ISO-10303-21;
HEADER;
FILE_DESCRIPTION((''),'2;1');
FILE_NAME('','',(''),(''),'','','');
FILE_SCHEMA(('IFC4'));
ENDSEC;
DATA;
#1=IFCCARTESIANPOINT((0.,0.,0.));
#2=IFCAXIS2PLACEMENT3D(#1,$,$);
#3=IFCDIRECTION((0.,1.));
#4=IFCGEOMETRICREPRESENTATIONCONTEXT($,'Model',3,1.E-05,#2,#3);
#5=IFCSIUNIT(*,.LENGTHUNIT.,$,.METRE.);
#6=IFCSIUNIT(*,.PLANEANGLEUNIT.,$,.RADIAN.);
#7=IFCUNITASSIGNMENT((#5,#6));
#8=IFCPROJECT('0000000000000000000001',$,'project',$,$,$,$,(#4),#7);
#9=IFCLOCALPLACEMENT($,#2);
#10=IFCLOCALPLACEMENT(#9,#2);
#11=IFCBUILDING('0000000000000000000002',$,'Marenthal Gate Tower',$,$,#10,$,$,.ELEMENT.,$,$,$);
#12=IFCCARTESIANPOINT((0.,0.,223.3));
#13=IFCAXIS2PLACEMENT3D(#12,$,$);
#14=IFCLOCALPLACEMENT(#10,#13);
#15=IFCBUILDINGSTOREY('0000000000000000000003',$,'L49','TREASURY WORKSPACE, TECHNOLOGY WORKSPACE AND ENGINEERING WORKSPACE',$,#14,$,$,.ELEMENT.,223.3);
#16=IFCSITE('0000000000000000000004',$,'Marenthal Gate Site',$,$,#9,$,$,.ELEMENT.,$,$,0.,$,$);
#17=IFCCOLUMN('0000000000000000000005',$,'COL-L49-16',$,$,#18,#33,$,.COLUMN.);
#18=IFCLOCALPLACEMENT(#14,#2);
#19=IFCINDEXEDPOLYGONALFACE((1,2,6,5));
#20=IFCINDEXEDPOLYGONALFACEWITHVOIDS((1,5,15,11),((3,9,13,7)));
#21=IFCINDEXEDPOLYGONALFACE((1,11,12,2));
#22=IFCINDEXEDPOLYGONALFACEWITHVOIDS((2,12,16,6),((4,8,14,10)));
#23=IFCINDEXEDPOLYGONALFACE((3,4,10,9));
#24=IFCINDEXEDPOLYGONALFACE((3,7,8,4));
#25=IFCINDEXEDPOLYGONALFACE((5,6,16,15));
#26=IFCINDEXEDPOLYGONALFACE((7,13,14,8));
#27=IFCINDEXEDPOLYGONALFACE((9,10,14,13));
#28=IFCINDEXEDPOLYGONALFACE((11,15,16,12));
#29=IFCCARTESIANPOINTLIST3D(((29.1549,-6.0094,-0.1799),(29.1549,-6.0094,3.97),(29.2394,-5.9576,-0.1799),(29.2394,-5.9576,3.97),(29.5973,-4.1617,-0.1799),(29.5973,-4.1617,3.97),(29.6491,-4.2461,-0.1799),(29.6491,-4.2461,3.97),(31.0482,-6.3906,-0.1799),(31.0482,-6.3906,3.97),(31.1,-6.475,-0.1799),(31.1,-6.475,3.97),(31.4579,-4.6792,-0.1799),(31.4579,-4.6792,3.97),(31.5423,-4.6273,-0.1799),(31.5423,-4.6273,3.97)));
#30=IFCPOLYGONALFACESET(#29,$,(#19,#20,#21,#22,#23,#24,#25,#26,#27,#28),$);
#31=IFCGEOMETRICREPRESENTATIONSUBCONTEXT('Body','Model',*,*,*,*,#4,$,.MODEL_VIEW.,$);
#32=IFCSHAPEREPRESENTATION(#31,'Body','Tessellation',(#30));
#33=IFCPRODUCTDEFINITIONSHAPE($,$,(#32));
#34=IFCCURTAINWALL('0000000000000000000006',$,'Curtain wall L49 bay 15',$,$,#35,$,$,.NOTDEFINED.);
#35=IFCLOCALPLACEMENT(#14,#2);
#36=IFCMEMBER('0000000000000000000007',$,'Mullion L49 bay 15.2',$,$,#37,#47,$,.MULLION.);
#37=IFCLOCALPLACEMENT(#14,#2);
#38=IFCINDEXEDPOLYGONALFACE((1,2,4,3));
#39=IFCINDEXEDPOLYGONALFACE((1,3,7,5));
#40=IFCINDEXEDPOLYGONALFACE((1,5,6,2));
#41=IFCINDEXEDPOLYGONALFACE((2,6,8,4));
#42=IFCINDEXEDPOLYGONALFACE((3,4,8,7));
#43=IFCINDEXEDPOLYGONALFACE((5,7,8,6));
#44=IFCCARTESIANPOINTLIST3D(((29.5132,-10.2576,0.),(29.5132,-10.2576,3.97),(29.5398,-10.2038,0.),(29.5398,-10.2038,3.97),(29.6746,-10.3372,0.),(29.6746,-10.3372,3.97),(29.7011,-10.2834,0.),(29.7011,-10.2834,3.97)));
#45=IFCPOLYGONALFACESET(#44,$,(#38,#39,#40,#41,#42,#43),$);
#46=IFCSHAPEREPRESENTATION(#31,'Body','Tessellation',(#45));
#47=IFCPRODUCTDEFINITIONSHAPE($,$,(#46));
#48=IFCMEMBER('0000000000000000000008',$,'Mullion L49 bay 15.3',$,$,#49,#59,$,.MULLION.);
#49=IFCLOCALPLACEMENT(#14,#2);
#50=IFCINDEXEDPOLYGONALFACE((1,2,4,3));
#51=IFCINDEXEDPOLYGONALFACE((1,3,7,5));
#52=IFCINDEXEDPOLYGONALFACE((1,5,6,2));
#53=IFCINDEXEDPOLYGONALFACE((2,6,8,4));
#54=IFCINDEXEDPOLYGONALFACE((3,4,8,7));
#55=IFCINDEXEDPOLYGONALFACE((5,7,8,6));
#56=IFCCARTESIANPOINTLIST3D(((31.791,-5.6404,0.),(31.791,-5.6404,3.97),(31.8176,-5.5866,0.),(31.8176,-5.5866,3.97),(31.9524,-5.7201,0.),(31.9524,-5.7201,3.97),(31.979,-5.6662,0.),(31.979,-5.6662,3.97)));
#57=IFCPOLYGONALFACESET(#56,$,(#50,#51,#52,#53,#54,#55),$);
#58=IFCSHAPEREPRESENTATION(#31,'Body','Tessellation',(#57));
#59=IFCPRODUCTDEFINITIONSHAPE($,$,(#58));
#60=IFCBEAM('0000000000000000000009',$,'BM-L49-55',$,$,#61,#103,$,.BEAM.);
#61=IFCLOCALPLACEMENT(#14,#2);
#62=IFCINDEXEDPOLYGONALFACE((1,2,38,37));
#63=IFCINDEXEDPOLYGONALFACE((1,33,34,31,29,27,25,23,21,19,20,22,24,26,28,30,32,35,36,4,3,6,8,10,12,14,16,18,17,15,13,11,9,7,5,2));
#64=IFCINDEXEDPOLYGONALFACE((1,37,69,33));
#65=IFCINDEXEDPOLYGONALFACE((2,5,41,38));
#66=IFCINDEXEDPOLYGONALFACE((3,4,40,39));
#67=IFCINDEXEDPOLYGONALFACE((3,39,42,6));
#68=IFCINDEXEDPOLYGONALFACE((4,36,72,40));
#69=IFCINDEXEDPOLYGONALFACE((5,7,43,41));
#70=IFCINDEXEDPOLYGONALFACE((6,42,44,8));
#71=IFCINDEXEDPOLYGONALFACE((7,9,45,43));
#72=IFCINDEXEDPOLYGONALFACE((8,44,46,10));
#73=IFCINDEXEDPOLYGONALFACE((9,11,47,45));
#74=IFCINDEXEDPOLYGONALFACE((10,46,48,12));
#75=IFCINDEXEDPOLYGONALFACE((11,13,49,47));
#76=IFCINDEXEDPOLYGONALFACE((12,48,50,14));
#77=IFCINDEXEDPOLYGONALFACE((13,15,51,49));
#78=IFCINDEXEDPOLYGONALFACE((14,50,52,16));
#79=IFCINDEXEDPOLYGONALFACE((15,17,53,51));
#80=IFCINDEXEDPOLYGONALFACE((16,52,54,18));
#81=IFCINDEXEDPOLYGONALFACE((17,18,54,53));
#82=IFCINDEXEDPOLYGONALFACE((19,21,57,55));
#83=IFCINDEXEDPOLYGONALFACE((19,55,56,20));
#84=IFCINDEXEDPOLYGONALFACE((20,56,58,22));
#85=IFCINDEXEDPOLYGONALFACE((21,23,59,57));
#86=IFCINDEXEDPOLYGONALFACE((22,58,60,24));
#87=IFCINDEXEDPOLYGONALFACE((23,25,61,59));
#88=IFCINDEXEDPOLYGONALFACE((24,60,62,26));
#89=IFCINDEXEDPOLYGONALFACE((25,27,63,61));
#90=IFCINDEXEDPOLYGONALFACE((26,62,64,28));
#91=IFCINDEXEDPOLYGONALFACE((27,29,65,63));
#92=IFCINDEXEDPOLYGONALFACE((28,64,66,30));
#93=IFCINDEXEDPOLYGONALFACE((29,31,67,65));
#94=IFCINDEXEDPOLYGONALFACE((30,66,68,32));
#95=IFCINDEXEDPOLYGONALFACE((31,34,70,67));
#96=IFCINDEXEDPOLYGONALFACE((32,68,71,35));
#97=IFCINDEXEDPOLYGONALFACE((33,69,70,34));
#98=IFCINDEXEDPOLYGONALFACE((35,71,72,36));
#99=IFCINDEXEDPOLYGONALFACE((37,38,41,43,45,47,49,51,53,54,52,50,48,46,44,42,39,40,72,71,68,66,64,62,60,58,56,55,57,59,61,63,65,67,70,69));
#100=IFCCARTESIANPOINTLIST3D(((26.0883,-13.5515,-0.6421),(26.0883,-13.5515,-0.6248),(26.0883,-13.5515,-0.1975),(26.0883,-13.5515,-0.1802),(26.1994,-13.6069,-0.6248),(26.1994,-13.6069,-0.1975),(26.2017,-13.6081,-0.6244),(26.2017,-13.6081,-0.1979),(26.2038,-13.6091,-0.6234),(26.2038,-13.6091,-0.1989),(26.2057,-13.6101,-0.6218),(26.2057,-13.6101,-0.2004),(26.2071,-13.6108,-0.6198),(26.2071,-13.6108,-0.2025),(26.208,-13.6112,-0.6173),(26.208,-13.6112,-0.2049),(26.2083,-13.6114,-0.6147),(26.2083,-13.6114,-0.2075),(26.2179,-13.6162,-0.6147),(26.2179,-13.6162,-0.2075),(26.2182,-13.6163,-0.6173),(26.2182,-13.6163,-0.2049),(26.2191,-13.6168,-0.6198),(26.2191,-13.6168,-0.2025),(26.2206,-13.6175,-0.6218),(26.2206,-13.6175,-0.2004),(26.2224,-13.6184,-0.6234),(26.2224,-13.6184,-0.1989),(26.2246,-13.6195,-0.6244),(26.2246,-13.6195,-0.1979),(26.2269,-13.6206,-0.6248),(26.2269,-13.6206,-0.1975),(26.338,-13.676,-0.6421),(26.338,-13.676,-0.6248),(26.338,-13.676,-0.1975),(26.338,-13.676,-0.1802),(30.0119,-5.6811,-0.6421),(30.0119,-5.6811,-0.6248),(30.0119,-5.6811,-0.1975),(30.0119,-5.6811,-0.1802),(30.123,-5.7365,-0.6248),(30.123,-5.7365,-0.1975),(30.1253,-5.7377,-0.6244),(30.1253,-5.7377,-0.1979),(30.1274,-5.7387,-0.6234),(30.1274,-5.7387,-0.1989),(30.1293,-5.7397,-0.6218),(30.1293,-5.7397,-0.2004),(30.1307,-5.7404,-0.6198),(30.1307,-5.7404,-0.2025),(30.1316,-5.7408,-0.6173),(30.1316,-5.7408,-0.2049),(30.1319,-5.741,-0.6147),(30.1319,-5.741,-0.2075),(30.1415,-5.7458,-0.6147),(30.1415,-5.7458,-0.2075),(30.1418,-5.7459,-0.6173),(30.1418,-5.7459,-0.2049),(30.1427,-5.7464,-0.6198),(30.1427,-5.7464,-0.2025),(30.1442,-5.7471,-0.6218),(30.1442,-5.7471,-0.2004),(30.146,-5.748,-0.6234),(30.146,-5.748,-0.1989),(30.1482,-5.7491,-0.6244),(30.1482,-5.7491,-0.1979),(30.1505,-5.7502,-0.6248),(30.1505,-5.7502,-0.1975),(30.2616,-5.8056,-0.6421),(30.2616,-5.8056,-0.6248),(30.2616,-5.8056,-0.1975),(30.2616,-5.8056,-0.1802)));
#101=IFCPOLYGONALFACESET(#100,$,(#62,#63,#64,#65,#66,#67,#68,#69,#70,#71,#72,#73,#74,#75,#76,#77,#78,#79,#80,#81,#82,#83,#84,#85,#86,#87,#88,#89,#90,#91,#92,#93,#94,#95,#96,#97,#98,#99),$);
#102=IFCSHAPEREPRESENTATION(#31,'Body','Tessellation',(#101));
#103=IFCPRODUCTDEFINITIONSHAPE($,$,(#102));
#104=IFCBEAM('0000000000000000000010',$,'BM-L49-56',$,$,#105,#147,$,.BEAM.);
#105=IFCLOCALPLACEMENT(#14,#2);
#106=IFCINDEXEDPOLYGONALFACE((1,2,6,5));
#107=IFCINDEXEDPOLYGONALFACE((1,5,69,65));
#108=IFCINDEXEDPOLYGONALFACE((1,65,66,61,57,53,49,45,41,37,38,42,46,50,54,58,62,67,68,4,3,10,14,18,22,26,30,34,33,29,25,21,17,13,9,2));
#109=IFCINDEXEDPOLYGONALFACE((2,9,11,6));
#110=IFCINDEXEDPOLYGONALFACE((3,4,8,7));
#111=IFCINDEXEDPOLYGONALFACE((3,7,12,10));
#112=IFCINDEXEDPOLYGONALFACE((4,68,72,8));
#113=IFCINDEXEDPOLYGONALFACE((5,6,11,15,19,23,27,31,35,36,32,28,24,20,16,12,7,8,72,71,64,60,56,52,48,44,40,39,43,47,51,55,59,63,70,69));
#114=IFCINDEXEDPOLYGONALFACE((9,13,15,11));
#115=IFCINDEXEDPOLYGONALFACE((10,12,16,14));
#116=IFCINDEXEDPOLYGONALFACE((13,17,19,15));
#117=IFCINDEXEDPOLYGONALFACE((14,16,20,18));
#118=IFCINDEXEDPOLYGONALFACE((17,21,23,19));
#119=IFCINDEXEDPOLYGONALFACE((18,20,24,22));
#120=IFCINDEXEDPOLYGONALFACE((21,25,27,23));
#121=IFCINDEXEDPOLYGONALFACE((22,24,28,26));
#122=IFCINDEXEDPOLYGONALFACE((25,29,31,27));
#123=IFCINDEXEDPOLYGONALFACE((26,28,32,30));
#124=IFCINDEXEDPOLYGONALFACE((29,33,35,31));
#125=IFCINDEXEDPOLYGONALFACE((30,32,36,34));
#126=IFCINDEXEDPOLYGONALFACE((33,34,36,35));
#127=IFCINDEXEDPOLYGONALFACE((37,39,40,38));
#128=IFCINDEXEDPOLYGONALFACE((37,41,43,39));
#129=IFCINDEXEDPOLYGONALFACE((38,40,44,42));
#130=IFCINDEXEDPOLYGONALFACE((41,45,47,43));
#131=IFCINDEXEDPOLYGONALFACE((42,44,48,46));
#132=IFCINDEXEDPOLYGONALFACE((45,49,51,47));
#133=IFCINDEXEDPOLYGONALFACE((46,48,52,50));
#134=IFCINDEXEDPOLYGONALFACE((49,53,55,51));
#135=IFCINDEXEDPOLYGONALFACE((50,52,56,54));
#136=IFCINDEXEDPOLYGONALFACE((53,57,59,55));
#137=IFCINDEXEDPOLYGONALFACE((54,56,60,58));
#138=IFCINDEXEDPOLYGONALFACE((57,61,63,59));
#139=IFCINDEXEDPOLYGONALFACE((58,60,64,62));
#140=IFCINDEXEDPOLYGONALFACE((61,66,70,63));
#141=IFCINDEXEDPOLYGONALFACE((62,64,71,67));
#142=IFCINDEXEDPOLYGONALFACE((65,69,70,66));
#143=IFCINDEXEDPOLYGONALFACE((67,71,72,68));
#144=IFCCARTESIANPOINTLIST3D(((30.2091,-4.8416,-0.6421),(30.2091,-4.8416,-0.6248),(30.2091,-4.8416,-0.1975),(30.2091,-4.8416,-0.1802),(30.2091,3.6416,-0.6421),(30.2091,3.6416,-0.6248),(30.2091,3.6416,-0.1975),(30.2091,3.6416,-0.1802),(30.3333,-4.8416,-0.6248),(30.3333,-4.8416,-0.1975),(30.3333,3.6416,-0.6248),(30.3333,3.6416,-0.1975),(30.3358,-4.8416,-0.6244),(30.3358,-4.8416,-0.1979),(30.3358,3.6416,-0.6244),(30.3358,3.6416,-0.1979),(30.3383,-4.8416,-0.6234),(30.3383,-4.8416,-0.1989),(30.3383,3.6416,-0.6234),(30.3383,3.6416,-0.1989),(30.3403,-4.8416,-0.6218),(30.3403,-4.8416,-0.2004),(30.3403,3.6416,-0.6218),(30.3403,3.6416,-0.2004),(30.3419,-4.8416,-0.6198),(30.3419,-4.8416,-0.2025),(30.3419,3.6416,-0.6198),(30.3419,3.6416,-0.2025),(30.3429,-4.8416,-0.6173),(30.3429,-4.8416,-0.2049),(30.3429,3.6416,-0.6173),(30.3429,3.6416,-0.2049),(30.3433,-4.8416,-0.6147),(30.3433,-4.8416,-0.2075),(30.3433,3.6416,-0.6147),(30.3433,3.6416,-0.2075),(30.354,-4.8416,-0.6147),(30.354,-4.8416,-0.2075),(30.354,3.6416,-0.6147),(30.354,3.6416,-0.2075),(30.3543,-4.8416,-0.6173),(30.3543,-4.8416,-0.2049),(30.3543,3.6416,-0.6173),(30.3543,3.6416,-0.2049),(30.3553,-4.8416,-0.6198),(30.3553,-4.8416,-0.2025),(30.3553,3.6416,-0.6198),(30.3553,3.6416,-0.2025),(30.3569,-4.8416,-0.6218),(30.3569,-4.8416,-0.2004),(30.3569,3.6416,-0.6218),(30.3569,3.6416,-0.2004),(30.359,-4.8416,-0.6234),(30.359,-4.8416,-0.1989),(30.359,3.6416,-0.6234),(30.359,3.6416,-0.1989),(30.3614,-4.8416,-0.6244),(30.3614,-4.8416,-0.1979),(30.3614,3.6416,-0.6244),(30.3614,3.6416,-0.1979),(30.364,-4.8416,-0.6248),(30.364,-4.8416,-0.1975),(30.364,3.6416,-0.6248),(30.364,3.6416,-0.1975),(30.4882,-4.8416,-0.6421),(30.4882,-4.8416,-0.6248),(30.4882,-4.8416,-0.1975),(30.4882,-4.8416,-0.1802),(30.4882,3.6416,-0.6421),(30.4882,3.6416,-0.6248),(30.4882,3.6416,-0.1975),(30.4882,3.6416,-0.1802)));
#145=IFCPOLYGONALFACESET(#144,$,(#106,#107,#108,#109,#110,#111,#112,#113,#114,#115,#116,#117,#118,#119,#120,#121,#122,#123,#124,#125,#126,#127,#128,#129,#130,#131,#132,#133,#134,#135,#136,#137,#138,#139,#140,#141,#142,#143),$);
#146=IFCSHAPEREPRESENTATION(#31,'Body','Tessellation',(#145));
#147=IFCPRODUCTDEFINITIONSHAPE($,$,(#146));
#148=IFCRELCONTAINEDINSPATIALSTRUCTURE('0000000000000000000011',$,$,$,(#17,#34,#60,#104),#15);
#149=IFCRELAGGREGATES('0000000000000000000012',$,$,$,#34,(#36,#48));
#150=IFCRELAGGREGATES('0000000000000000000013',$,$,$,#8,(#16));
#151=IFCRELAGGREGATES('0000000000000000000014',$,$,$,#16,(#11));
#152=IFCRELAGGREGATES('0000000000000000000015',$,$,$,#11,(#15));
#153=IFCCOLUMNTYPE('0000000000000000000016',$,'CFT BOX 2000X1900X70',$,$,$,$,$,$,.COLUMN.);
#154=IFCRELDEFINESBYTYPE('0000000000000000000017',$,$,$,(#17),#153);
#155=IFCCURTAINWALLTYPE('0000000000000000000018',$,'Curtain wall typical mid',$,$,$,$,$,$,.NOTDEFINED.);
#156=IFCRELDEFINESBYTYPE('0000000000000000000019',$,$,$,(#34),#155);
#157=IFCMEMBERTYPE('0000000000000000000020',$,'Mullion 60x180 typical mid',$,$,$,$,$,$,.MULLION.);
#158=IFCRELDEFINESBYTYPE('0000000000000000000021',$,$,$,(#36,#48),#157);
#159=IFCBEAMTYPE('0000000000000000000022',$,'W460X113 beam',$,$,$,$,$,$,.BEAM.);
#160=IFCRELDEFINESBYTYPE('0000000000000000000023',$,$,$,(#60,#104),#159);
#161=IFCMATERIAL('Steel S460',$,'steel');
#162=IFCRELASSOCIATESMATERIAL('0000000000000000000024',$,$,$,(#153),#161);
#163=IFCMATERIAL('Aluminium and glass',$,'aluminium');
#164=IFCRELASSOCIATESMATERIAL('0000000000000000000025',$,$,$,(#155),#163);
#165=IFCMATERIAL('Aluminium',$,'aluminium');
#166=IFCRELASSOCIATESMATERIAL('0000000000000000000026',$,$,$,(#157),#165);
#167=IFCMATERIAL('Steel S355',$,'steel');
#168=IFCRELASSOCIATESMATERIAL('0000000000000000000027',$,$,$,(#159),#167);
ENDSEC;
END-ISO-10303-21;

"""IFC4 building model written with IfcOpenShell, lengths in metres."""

from ifc_helpers import new_model, si_unit, direction, frame, origin, origin_2d, place, context, subcontext, project, spatial, rectangle, hollow_rectangle, i_section, extrude, material, material_profile, profile_set, type_object, element, aggregate, save


model = new_model("IFC4")

# Units and contexts
model_context = context("Model", 3, precision=1e-05, world=origin(), true_north=direction((0.0, 1.0)))
body_context = subcontext(model_context, "Body", "Model", "MODEL_VIEW")
ifc_project = project(units=[si_unit("LENGTHUNIT", "METRE"), si_unit("PLANEANGLEUNIT", "RADIAN")], contexts=[model_context])

# Site, building, storey
site_placement = place(None, origin())
site = spatial("IfcSite", under=ifc_project, at=site_placement, Name="Marenthal Gate Site", CompositionType="ELEMENT", RefElevation=0.0)
building_placement = place(site_placement, origin())
building = spatial("IfcBuilding", under=site, at=building_placement, Name="Marenthal Gate Tower", CompositionType="ELEMENT")
storey_placement = place(building_placement, frame((0.0, 0.0, 223.3)))
storey = spatial("IfcBuildingStorey", under=building, at=storey_placement, Name="L49", Description="TREASURY WORKSPACE, TECHNOLOGY WORKSPACE AND ENGINEERING WORKSPACE", CompositionType="ELEMENT", Elevation=223.3)

# Column
ifc_material_1 = material(Name="Steel S460", Category="steel")
ifc_material_profile_1 = material_profile(ifc_material_1, hollow_rectangle(XDim=1.8999, YDim=2.0, WallThickness=0.0701, at=origin_2d()), Name="CFT BOX 2000X1900X70")
ifc_material_2 = material(Name="Concrete 70 MPa", Category="concrete")
ifc_material_profile_2 = material_profile(ifc_material_2, rectangle(XDim=1.76, YDim=1.8601, at=origin_2d()), Name="CFT BOX 2000X1900X70 INFILL")
ifc_profile_set_1 = profile_set([ifc_material_profile_1, ifc_material_profile_2], Name="Steel S460 shell, Concrete 70 MPa infill")
column_type = type_object("IfcColumnType", Name="CFT BOX 2000X1900X70", PredefinedType="COLUMN", material=ifc_profile_set_1)
column_placement = place(storey_placement, frame((30.3486, -5.3184, -0.1799), z_axis=(0.0, 0.0, 1.0), x_axis=(-0.232822, -0.972519, 0.0)))
element("IfcColumn", 1, at=column_placement, inside=storey, type_object=column_type, Name="COL-L49-16", PredefinedType="COLUMN", context=body_context, shape_type="SweptSolid", body=[
    extrude(hollow_rectangle(XDim=1.8999, YDim=2.0, WallThickness=0.0701, at=origin_2d()), origin(), (0.0, 0.0, 1.0), 4.1499),
])

# Curtain wall, members
ifc_material_3 = material(Name="Aluminium and glass", Category="aluminium")
curtain_wall_type = type_object("IfcCurtainWallType", Name="Curtain wall typical mid", PredefinedType="NOTDEFINED", material=ifc_material_3)
curtain_wall_placement = place(storey_placement, origin())
curtain_wall = element("IfcCurtainWall", 2, at=curtain_wall_placement, inside=storey, type_object=curtain_wall_type, Name="Curtain wall L49 bay 15", PredefinedType="NOTDEFINED")
ifc_material_4 = material(Name="Aluminium", Category="aluminium")
ifc_material_profile_3 = material_profile(ifc_material_4, rectangle(XDim=0.1799, YDim=0.0601, at=origin_2d()), Name="60x180 aluminium mullion")
ifc_profile_set_2 = profile_set([ifc_material_profile_3], Name="Aluminium")
member_type = type_object("IfcMemberType", Name="Mullion 60x180 typical mid", PredefinedType="MULLION", material=ifc_profile_set_2)
member_1_placement = place(storey_placement, frame((29.6072, -10.2705, 0.0), z_axis=(0.0, 0.0, 1.0), x_axis=(-0.896798, 0.442441, 0.0)))
member_1 = element("IfcMember", 3, at=member_1_placement, type_object=member_type, Name="Mullion L49 bay 15.2", PredefinedType="MULLION", context=body_context, shape_type="SweptSolid", body=[
    extrude(rectangle(XDim=0.1799, YDim=0.0601, at=origin_2d()), origin(), (0.0, 0.0, 1.0), 3.97),
])
member_2_placement = place(storey_placement, frame((31.885, -5.6533, 0.0), z_axis=(0.0, 0.0, 1.0), x_axis=(-0.896798, 0.442441, 0.0)))
member_2 = element("IfcMember", 4, at=member_2_placement, type_object=member_type, Name="Mullion L49 bay 15.3", PredefinedType="MULLION", context=body_context, shape_type="SweptSolid", body=[
    extrude(rectangle(XDim=0.1799, YDim=0.0601, at=origin_2d()), origin(), (0.0, 0.0, 1.0), 3.97),
])

# Beams
ifc_material_5 = material(Name="Steel S355", Category="steel")
ifc_material_profile_4 = material_profile(ifc_material_5, i_section(OverallWidth=0.2791, OverallDepth=0.4619, WebThickness=0.0107, FlangeThickness=0.0173, FilletRadius=0.01, at=origin_2d()), Name="W460X113")
ifc_profile_set_3 = profile_set([ifc_material_profile_4], Name="Steel S355")
beam_type_1 = type_object("IfcBeamType", Name="W460X113 beam", PredefinedType="BEAM", material=ifc_profile_set_3)
beam_1_placement = place(storey_placement, frame((26.2131, -13.6138, -0.4111), z_axis=(0.446158, 0.894954, 0.0), x_axis=(-0.894954, 0.446158, 0.0)))
element("IfcBeam", 5, at=beam_1_placement, inside=storey, type_object=beam_type_1, Name="BM-L49-55", PredefinedType="BEAM", context=body_context, shape_type="SweptSolid", body=[
    extrude(i_section(OverallWidth=0.2791, OverallDepth=0.4619, WebThickness=0.0107, FlangeThickness=0.0173, FilletRadius=0.01, at=origin_2d()), origin(), (0.0, 0.0, 1.0), 8.7942),
])
beam_2_placement = place(storey_placement, frame((30.3486, -4.8416, -0.4111), z_axis=(0.0, 1.0, 0.0), x_axis=(-1.0, 0.0, 0.0)))
element("IfcBeam", 6, at=beam_2_placement, inside=storey, type_object=beam_type_1, Name="BM-L49-56", PredefinedType="BEAM", context=body_context, shape_type="SweptSolid", body=[
    extrude(i_section(OverallWidth=0.2791, OverallDepth=0.4619, WebThickness=0.0107, FlangeThickness=0.0173, FilletRadius=0.01, at=origin_2d()), origin(), (0.0, 0.0, 1.0), 8.4832),
])

aggregate(curtain_wall, [member_1, member_2])

save(model, "model.ifc")
